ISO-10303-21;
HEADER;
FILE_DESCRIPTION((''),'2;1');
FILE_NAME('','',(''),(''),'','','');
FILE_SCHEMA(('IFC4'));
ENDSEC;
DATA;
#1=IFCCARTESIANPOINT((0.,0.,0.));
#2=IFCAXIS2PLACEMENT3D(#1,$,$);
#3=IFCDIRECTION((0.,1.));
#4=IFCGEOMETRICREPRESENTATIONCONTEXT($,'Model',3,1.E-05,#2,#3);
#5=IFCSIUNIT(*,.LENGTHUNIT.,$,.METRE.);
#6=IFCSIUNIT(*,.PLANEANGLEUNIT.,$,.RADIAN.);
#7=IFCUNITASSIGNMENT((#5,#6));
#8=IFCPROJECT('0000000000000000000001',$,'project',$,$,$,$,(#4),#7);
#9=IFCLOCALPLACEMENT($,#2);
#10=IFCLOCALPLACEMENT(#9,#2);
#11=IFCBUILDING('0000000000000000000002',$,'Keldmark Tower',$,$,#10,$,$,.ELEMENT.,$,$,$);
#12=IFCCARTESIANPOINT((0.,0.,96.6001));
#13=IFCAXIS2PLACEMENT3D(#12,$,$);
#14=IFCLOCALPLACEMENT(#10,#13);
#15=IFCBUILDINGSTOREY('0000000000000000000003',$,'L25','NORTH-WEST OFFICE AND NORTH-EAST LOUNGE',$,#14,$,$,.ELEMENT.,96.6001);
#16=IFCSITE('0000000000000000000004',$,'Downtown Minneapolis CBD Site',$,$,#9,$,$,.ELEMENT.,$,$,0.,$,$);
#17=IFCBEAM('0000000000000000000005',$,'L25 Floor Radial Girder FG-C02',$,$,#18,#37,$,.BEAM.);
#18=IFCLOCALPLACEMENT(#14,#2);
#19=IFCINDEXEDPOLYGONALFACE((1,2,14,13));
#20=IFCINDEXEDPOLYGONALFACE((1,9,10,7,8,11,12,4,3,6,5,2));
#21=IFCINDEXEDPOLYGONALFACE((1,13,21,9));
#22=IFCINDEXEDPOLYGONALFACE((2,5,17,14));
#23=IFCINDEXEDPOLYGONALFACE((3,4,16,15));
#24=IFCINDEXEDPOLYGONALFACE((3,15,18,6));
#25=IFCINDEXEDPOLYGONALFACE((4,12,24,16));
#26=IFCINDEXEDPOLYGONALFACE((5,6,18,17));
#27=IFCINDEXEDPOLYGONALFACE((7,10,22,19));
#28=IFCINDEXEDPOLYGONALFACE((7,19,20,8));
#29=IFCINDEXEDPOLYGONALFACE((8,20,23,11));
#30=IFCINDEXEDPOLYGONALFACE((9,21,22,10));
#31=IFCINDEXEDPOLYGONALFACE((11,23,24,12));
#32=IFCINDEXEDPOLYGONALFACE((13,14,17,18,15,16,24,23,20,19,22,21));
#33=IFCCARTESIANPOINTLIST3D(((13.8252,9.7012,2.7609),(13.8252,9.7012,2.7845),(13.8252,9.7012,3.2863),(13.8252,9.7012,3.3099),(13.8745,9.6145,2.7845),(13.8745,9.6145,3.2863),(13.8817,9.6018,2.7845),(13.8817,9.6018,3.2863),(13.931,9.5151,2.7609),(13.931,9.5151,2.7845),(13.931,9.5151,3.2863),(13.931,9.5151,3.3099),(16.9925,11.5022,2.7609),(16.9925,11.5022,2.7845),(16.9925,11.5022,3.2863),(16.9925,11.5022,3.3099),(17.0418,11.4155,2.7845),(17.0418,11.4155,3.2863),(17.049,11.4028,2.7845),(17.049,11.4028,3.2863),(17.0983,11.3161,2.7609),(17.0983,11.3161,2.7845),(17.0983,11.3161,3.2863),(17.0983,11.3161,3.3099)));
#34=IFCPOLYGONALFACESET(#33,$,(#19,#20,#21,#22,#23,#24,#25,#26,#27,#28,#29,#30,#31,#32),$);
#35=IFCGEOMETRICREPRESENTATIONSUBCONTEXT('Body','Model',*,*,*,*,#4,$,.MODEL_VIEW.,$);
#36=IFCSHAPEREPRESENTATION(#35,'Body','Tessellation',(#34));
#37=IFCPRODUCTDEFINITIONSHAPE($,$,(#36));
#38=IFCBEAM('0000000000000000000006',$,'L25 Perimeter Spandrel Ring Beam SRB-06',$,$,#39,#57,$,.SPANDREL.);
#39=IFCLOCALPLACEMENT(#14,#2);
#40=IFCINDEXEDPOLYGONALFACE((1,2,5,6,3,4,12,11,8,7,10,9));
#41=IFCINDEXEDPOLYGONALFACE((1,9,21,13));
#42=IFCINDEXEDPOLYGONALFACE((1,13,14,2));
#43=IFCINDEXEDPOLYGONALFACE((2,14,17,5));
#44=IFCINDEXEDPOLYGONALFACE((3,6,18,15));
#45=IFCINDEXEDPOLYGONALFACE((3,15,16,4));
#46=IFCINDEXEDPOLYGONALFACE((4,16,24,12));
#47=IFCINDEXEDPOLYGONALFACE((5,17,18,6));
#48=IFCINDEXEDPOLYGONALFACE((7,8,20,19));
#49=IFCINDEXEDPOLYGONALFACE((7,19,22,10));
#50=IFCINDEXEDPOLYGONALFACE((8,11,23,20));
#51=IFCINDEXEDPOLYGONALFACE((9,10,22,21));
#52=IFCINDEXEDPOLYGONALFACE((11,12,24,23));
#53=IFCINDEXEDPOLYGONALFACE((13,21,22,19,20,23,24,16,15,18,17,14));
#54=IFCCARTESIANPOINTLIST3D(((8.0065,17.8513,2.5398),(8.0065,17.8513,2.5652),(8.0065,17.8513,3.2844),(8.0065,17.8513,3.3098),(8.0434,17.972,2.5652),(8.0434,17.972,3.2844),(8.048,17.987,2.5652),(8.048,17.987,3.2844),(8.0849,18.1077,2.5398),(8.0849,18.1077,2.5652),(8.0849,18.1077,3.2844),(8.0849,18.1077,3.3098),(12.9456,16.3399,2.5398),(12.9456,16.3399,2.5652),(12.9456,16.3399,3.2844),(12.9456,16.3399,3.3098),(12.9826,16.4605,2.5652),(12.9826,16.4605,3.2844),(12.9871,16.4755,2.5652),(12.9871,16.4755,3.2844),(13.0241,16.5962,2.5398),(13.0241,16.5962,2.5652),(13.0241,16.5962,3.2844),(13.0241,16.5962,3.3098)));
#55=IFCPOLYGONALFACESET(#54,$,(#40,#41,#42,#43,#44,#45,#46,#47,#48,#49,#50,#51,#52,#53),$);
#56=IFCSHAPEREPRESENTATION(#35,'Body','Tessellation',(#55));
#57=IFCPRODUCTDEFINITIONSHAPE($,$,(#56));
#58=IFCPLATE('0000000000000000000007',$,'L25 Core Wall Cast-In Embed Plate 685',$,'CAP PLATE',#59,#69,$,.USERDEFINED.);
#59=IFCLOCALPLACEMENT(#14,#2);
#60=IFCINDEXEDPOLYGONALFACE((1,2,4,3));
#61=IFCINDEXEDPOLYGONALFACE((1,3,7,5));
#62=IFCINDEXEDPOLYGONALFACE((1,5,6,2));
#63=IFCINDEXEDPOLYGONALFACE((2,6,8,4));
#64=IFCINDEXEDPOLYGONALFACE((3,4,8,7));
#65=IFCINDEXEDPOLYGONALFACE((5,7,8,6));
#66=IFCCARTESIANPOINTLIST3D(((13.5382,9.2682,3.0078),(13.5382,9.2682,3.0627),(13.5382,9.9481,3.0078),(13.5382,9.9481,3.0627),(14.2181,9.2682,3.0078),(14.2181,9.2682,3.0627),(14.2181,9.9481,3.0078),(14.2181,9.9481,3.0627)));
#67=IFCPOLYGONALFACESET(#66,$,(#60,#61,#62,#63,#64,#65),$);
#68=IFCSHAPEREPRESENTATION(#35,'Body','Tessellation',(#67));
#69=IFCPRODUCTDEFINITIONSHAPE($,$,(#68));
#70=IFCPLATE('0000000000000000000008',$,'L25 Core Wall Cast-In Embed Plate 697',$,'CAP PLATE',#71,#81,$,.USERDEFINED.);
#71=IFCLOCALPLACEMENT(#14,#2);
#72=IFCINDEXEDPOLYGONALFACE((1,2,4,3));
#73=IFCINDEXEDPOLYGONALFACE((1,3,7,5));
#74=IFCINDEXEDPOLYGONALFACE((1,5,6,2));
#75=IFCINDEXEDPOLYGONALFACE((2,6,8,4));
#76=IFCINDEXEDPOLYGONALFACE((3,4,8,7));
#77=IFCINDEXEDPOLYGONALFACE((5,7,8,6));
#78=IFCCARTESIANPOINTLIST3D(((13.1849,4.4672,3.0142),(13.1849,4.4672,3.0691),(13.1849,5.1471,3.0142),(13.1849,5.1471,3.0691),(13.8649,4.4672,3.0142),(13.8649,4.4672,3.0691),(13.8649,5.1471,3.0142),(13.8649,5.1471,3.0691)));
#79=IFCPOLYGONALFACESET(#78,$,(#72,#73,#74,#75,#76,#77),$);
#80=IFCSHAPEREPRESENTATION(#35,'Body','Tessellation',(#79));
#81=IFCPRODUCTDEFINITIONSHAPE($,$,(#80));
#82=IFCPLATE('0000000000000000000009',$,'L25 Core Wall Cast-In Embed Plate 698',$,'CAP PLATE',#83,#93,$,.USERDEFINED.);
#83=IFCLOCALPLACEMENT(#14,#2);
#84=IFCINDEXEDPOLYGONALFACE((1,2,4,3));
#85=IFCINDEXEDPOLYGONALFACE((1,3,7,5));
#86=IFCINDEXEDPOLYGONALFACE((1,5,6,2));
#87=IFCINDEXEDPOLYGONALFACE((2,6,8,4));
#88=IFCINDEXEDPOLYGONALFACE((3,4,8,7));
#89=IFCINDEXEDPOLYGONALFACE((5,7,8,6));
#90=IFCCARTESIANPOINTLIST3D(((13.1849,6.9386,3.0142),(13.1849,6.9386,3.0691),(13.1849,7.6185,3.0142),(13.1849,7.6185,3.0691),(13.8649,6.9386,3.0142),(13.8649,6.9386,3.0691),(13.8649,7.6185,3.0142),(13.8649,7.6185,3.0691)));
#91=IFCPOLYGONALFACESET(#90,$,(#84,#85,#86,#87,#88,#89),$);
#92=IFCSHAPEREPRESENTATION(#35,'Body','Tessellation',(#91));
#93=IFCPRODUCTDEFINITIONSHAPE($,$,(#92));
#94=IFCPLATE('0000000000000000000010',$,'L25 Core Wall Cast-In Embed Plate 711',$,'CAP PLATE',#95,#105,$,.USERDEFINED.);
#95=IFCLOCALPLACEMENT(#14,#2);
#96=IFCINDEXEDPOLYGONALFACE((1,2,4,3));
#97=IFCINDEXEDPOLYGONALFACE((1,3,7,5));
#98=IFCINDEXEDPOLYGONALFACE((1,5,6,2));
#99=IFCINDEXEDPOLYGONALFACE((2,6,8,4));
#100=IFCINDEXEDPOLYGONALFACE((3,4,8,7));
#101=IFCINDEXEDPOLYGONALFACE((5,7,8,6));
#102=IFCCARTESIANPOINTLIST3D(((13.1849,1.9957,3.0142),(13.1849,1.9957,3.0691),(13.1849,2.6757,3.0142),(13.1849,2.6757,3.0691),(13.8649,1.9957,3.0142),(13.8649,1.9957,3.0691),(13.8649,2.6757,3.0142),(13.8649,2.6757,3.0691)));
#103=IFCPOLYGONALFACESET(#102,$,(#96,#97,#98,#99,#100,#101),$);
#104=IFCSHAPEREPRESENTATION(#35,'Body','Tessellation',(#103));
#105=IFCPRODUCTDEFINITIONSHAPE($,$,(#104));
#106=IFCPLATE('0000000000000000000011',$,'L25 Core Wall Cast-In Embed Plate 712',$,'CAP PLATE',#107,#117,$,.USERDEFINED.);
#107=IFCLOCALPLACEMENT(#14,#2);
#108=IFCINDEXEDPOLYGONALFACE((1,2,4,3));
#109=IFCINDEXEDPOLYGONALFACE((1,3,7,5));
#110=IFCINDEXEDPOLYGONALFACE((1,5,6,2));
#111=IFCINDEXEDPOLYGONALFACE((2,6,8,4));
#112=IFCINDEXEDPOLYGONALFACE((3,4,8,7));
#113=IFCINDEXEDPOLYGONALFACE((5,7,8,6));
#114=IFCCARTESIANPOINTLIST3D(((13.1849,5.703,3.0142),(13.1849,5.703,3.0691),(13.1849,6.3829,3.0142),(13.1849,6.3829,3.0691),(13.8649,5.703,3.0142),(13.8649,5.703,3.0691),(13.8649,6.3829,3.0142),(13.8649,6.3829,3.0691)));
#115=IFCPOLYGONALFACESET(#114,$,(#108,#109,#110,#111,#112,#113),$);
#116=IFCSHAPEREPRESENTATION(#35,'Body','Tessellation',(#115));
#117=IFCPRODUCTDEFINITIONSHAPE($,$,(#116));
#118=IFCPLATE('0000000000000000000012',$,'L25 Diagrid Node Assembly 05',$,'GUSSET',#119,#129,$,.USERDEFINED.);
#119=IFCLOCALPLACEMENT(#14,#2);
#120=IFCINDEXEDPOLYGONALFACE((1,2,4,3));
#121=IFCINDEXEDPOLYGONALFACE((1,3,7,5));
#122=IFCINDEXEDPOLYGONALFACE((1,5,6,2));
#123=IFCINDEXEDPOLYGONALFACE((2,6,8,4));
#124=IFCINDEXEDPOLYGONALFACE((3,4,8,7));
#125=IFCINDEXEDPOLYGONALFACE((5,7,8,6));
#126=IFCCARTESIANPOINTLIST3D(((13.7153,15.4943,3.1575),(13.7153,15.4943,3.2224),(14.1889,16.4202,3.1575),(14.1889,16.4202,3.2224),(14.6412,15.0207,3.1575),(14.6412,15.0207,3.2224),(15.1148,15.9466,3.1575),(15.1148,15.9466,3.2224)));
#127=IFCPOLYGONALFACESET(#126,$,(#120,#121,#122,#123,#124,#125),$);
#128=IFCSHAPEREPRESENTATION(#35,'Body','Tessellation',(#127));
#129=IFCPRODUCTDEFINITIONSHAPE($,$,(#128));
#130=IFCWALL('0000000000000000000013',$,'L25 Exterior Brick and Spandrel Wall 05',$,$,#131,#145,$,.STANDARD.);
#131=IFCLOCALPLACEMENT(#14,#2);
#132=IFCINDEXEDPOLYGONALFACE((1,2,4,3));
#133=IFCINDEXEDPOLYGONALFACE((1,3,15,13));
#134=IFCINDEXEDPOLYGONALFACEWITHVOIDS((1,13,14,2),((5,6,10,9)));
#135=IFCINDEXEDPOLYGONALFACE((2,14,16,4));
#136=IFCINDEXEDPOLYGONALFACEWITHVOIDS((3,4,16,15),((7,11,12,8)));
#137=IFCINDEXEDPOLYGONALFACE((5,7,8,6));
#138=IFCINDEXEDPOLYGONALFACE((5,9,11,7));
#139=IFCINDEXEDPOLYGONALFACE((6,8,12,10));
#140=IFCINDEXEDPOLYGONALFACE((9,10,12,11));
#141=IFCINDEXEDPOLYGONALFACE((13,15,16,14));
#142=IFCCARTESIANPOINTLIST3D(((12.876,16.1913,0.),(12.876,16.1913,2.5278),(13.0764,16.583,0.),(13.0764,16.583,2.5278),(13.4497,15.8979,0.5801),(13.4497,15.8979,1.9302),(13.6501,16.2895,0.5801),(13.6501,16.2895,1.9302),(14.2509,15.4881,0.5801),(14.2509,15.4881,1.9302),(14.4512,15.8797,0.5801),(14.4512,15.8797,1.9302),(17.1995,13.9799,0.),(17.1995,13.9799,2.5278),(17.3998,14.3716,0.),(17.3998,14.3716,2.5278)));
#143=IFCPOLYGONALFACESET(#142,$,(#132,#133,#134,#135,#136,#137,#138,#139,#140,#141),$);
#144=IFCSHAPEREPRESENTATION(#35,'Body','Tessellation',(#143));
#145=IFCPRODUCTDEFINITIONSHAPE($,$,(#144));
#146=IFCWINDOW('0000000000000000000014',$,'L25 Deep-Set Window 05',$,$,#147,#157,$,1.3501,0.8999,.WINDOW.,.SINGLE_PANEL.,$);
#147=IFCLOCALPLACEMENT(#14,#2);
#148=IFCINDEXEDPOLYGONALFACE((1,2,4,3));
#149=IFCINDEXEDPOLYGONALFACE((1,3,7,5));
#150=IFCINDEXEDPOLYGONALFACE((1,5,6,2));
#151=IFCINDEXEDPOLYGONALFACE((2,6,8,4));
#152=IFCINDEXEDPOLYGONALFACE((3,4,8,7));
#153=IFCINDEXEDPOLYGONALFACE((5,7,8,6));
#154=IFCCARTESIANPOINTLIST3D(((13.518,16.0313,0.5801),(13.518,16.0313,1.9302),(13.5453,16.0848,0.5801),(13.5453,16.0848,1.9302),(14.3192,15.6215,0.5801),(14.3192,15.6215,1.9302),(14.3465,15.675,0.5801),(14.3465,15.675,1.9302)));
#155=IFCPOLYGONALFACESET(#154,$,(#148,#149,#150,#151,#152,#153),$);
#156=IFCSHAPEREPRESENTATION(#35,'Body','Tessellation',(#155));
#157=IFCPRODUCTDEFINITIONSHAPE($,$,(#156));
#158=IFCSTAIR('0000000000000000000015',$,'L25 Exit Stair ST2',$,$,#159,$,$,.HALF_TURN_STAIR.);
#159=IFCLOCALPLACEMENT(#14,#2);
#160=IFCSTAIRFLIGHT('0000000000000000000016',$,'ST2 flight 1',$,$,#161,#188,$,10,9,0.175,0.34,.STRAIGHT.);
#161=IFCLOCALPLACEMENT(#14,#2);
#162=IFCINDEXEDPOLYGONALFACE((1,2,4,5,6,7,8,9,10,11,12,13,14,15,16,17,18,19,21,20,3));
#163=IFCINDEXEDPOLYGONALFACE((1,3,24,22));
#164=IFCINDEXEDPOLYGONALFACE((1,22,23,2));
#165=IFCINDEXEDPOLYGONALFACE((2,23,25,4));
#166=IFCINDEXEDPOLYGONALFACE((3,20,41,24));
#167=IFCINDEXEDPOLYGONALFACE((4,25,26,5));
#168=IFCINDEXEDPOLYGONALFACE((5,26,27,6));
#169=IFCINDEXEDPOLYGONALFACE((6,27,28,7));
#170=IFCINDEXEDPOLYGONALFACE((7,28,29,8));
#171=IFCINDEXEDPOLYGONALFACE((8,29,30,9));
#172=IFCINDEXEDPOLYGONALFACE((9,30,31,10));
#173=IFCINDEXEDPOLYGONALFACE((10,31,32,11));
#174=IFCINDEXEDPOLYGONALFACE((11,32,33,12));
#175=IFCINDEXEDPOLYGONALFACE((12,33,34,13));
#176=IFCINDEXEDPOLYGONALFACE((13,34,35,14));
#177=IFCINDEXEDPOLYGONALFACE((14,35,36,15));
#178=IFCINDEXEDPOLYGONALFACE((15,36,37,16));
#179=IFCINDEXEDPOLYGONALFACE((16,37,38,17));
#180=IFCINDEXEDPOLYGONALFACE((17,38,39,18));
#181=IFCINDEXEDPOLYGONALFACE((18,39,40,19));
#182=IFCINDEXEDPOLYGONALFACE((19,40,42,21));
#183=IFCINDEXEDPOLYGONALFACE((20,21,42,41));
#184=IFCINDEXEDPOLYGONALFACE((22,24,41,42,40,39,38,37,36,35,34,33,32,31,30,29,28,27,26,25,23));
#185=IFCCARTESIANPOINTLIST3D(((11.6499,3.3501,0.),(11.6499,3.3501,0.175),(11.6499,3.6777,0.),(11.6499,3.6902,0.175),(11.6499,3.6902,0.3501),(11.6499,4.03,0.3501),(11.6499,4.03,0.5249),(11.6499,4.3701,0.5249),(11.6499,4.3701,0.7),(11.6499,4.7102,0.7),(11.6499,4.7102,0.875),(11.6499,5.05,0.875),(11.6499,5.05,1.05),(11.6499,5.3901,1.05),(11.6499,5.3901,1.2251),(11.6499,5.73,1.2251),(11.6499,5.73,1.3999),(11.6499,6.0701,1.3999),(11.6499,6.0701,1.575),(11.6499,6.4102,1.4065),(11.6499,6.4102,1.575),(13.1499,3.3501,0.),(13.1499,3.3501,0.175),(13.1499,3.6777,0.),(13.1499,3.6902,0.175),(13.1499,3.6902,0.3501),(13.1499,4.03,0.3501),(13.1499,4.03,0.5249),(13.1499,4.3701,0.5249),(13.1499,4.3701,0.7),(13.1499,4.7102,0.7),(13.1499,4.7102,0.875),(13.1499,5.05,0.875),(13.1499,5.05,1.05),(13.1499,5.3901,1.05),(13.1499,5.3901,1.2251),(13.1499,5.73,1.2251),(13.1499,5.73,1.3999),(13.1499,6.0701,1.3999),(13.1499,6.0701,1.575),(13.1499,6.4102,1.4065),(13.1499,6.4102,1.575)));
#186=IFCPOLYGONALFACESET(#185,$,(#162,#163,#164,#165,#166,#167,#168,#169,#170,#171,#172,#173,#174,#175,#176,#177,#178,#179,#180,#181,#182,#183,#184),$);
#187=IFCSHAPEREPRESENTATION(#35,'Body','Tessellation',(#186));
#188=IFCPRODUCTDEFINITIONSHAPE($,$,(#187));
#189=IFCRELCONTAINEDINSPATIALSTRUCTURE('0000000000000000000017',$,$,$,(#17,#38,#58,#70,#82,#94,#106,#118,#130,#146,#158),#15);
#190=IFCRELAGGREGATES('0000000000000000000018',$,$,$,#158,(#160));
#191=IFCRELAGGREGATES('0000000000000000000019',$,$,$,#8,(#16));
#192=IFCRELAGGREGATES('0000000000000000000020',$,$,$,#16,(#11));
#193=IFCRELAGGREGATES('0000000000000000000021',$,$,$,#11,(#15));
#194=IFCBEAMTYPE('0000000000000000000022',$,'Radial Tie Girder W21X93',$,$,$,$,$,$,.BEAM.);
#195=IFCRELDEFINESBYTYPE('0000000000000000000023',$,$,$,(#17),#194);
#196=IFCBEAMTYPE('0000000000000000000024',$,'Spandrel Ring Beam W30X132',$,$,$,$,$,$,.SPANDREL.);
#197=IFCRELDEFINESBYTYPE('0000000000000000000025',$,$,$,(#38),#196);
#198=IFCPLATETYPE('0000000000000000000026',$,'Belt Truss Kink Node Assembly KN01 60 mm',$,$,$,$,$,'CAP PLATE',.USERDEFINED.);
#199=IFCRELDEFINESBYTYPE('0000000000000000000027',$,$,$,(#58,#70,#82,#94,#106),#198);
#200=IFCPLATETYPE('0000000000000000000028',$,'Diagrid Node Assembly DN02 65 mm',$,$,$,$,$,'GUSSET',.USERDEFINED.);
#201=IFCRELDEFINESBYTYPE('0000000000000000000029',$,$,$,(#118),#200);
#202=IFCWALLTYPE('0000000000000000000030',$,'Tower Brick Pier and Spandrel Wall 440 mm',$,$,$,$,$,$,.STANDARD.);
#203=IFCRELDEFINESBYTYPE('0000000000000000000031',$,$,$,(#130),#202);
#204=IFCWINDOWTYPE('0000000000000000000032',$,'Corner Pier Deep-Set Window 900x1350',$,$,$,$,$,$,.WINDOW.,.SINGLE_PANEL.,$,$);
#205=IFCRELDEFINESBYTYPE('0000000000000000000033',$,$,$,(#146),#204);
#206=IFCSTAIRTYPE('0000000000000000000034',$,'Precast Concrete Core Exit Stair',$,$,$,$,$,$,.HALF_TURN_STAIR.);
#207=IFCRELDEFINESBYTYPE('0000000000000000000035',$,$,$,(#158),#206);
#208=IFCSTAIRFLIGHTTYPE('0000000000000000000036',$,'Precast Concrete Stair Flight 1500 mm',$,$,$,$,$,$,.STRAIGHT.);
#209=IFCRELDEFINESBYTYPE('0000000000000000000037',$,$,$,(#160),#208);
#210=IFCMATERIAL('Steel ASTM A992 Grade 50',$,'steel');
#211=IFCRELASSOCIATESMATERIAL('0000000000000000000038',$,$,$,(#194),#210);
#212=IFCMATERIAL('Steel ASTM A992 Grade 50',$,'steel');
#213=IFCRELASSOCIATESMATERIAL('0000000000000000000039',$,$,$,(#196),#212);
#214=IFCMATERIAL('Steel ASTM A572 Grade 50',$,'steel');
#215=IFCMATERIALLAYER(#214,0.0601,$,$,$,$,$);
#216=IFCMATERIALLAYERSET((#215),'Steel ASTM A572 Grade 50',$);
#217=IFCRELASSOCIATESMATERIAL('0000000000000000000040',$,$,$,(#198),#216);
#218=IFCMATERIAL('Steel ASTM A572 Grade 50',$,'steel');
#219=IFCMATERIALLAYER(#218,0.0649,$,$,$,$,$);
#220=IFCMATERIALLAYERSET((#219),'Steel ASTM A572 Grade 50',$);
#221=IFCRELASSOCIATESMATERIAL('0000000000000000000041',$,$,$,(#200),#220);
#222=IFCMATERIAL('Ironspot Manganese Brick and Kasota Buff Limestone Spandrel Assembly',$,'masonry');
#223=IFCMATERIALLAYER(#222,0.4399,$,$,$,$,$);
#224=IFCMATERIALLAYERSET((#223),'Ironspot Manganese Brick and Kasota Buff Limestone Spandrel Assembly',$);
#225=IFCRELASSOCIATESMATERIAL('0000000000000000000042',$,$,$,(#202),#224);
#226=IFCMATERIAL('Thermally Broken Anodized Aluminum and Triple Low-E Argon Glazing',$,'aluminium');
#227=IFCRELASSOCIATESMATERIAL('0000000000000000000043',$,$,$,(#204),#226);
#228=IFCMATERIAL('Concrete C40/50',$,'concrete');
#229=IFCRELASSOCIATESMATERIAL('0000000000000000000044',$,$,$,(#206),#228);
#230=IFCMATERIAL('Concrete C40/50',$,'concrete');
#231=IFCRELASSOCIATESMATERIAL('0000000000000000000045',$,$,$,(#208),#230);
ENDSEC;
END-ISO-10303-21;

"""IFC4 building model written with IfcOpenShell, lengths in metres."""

from ifc_helpers import new_model, si_unit, direction, frame, frame_2d, origin, origin_2d, place, context, subcontext, project, spatial, polyline, rectangle, i_section, outline, extrude, material, layer, layer_set, material_profile, profile_set, type_object, element, fill, aggregate, save


model = new_model("IFC4")

# Units and contexts
model_context = context("Model", 3, precision=1e-05, world=origin(), true_north=direction((0.0, 1.0)))
body_context = subcontext(model_context, "Body", "Model", "MODEL_VIEW")
ifc_project = project(units=[si_unit("LENGTHUNIT", "METRE"), si_unit("PLANEANGLEUNIT", "RADIAN")], contexts=[model_context])

# Site, building, storey
site_placement = place(None, origin())
site = spatial("IfcSite", under=ifc_project, at=site_placement, Name="Downtown Minneapolis CBD Site", CompositionType="ELEMENT", RefElevation=0.0)
building_placement = place(site_placement, origin())
building = spatial("IfcBuilding", under=site, at=building_placement, Name="Keldmark Tower", CompositionType="ELEMENT")
storey_placement = place(building_placement, frame((0.0, 0.0, 96.6001)))
storey = spatial("IfcBuildingStorey", under=building, at=storey_placement, Name="L25", Description="NORTH-WEST OFFICE AND NORTH-EAST LOUNGE", CompositionType="ELEMENT", Elevation=96.6001)

# Beams
ifc_material_1 = material(Name="Steel ASTM A992 Grade 50", Category="steel")
ifc_material_profile_1 = material_profile(ifc_material_1, i_section(OverallWidth=0.2141, OverallDepth=0.5491, WebThickness=0.0146, FlangeThickness=0.0237, at=origin_2d()), Name="W21X93")
ifc_profile_set_1 = profile_set([ifc_material_profile_1], Name="Steel ASTM A992 Grade 50")
beam_type_1 = type_object("IfcBeamType", Name="Radial Tie Girder W21X93", PredefinedType="BEAM", material=ifc_profile_set_1)
beam_1_placement = place(storey_placement, frame((17.0454, 11.4092, 3.0354), z_axis=(-0.869284, -0.494312, 0.0), x_axis=(0.494312, -0.869284, 0.0)))
element("IfcBeam", 1, at=beam_1_placement, inside=storey, type_object=beam_type_1, Name="L25 Floor Radial Girder FG-C02", PredefinedType="BEAM", context=body_context, shape_type="SweptSolid", body=[
    extrude(i_section(OverallWidth=0.2141, OverallDepth=0.5491, WebThickness=0.0146, FlangeThickness=0.0237, at=origin_2d()), origin(), (0.0, 0.0, 1.0), 3.6436),
])
ifc_material_2 = material(Name="Steel ASTM A992 Grade 50", Category="steel")
ifc_material_profile_2 = material_profile(ifc_material_2, i_section(OverallWidth=0.2681, OverallDepth=0.77, WebThickness=0.0156, FlangeThickness=0.0254, at=origin_2d()), Name="W30X132")
ifc_profile_set_2 = profile_set([ifc_material_profile_2], Name="Steel ASTM A992 Grade 50")
beam_type_2 = type_object("IfcBeamType", Name="Spandrel Ring Beam W30X132", PredefinedType="SPANDREL", material=ifc_profile_set_2)
beam_2_placement = place(storey_placement, frame((12.9849, 16.468, 2.9248), z_axis=(-0.956229, 0.292621, 0.0), x_axis=(-0.292621, -0.956229, 0.0)))
element("IfcBeam", 2, at=beam_2_placement, inside=storey, type_object=beam_type_2, Name="L25 Perimeter Spandrel Ring Beam SRB-06", PredefinedType="SPANDREL", context=body_context, shape_type="SweptSolid", body=[
    extrude(i_section(OverallWidth=0.2681, OverallDepth=0.77, WebThickness=0.0156, FlangeThickness=0.0254, at=origin_2d()), origin(), (0.0, 0.0, 1.0), 5.1653),
])

# Plates
ifc_material_3 = material(Name="Steel ASTM A572 Grade 50", Category="steel")
ifc_layer_1 = layer(ifc_material_3, 0.0601)
ifc_layer_set_1 = layer_set([ifc_layer_1], Name="Steel ASTM A572 Grade 50")
plate_type_1 = type_object("IfcPlateType", Name="Belt Truss Kink Node Assembly KN01 60 mm", ElementType="CAP PLATE", PredefinedType="USERDEFINED", material=ifc_layer_set_1)
for number, where, z_axis, x_axis, name in (
    (3, (13.8782, 9.6082, 3.0078), (0.0, 0.0, 1.0), (1.0, 0.0, 0.0), "L25 Core Wall Cast-In Embed Plate 685"),
    (4, (13.5249, 4.8071, 3.0142), (0.0, 0.0, 1.0), (1.0, 0.0, 0.0), "L25 Core Wall Cast-In Embed Plate 697"),
    (5, (13.5249, 7.2786, 3.0142), (0.0, 0.0, 1.0), (1.0, 0.0, 0.0), "L25 Core Wall Cast-In Embed Plate 698"),
    (6, (13.5249, 2.3357, 3.0142), (0.0, 0.0, 1.0), (1.0, 0.0, 0.0), "L25 Core Wall Cast-In Embed Plate 711"),
    (7, (13.5249, 6.043, 3.0142), (0.0, 0.0, 1.0), (1.0, 0.0, 0.0), "L25 Core Wall Cast-In Embed Plate 712"),
):
    element("IfcPlate", number, at=place(storey_placement, frame(where, z_axis=z_axis, x_axis=x_axis)), inside=storey, type_object=plate_type_1, Name=name, ObjectType="CAP PLATE", PredefinedType="USERDEFINED", context=body_context, shape_type="SweptSolid", body=[
        extrude(rectangle(XDim=0.6799, YDim=0.6799, at=origin_2d()), origin(), (0.0, 0.0, 1.0), 0.0549),
    ])
ifc_material_4 = material(Name="Steel ASTM A572 Grade 50", Category="steel")
ifc_layer_2 = layer(ifc_material_4, 0.0649)
ifc_layer_set_2 = layer_set([ifc_layer_2], Name="Steel ASTM A572 Grade 50")
plate_type_2 = type_object("IfcPlateType", Name="Diagrid Node Assembly DN02 65 mm", ElementType="GUSSET", PredefinedType="USERDEFINED", material=ifc_layer_set_2)
plate_placement = place(storey_placement, frame((14.415, 15.7205, 3.1575), z_axis=(0.0, 0.0, 1.0), x_axis=(-0.890292, 0.45539, 0.0)))
element("IfcPlate", 8, at=plate_placement, inside=storey, type_object=plate_type_2, Name="L25 Diagrid Node Assembly 05", ObjectType="GUSSET", PredefinedType="USERDEFINED", context=body_context, shape_type="SweptSolid", body=[
    extrude(rectangle(XDim=1.04, YDim=1.04, at=origin_2d()), origin(), (0.0, 0.0, 1.0), 0.0649),
])

# Wall, opening, window
ifc_material_5 = material(Name="Ironspot Manganese Brick and Kasota Buff Limestone Spandrel Assembly", Category="masonry")
ifc_layer_3 = layer(ifc_material_5, 0.4399)
ifc_layer_set_3 = layer_set([ifc_layer_3], Name="Ironspot Manganese Brick and Kasota Buff Limestone Spandrel Assembly")
wall_type_1 = type_object("IfcWallType", Name="Tower Brick Pier and Spandrel Wall 440 mm", PredefinedType="STANDARD", material=ifc_layer_set_3)
wall_1_placement = place(storey_placement, frame((12.9761, 16.3872, 0.0), z_axis=(0.0, 0.0, 1.0), x_axis=(0.890297, -0.455379, 0.0)))
wall_1 = element("IfcWall", 9, at=wall_1_placement, inside=storey, type_object=wall_type_1, Name="L25 Exterior Brick and Spandrel Wall 05", PredefinedType="STANDARD", context=body_context, shape_type="SweptSolid", body=[
    extrude(rectangle(XDim=4.8562, YDim=0.4399, at=frame_2d((2.4282, 0.0))), origin(), (0.0, 0.0, 1.0), 2.5278),
])
opening_1_placement = place(wall_1_placement, frame((0.6445, 0.0, 0.5801)))
opening_1 = element("IfcOpeningElement", 10, at=opening_1_placement, cuts=wall_1, PredefinedType="OPENING", context=body_context, shape_type="SweptSolid", body=[
    extrude(rectangle(XDim=0.8999, YDim=1.3501, at=frame_2d((0.45, 0.675))), frame((0.0, 0.23, 0.0), z_axis=(0.0, -1.0, 0.0), x_axis=(1.0, 0.0, 0.0)), (0.0, 0.0, 1.0), 0.46),
])
ifc_material_6 = material(Name="Thermally Broken Anodized Aluminum and Triple Low-E Argon Glazing", Category="aluminium")
window_type = type_object("IfcWindowType", Name="Corner Pier Deep-Set Window 900x1350", PartitioningType="SINGLE_PANEL", PredefinedType="WINDOW", material=ifc_material_6)
window_placement = place(opening_1_placement, origin())
window = element("IfcWindow", 11, at=window_placement, inside=storey, type_object=window_type, Name="L25 Deep-Set Window 05", OverallHeight=1.3501, OverallWidth=0.8999, PartitioningType="SINGLE_PANEL", PredefinedType="WINDOW", context=body_context, shape_type="SweptSolid", body=[
    extrude(rectangle(XDim=0.8999, YDim=1.3501, at=frame_2d((0.45, 0.675))), frame((0.0, -0.01, 0.0), z_axis=(0.0, -1.0, 0.0), x_axis=(1.0, 0.0, 0.0)), (0.0, 0.0, 1.0), 0.0601),
])
fill(opening_1, window)

# Stair, stair flight
ifc_material_7 = material(Name="Concrete C40/50", Category="concrete")
stair_type = type_object("IfcStairType", Name="Precast Concrete Core Exit Stair", PredefinedType="HALF_TURN_STAIR", material=ifc_material_7)
stair_placement = place(storey_placement, origin())
stair = element("IfcStair", 12, at=stair_placement, inside=storey, type_object=stair_type, Name="L25 Exit Stair ST2", PredefinedType="HALF_TURN_STAIR")
ifc_material_8 = material(Name="Concrete C40/50", Category="concrete")
stair_flight_type = type_object("IfcStairFlightType", Name="Precast Concrete Stair Flight 1500 mm", PredefinedType="STRAIGHT", material=ifc_material_8)
stair_flight_placement = place(storey_placement, frame((12.3999, 3.3501, 0.0), z_axis=(0.0, 0.0, 1.0), x_axis=(0.0, 1.0, 0.0)))
stair_flight = element("IfcStairFlight", 13, at=stair_flight_placement, type_object=stair_flight_type, Name="ST2 flight 1", NumberOfRisers=10, NumberOfTreads=9, PredefinedType="STRAIGHT", RiserHeight=0.175, TreadLength=0.34, context=body_context, shape_type="SweptSolid", body=[
    extrude(outline(polyline([(0.0, 0.0), (0.0, 0.175), (0.3401, 0.175), (0.3401, 0.3501), (0.6799, 0.3501), (0.6799, 0.5249), (1.02, 0.5249), (1.02, 0.7), (1.3601, 0.7), (1.3601, 0.875), (1.7, 0.875), (1.7, 1.05), (2.04, 1.05), (2.04, 1.2251), (2.3799, 1.2251), (2.3799, 1.3999), (2.72, 1.3999), (2.72, 1.575), (3.0601, 1.575), (3.0601, 1.75), (3.0601, 1.4065), (0.3276, 0.0), (0.0, 0.0)])), frame((0.0, 0.75, 0.0), z_axis=(0.0, -1.0, 0.0), x_axis=(1.0, 0.0, 0.0)), (0.0, 0.0, 1.0), 1.5),
])
aggregate(stair, [stair_flight])

save(model, "model.ifc")
